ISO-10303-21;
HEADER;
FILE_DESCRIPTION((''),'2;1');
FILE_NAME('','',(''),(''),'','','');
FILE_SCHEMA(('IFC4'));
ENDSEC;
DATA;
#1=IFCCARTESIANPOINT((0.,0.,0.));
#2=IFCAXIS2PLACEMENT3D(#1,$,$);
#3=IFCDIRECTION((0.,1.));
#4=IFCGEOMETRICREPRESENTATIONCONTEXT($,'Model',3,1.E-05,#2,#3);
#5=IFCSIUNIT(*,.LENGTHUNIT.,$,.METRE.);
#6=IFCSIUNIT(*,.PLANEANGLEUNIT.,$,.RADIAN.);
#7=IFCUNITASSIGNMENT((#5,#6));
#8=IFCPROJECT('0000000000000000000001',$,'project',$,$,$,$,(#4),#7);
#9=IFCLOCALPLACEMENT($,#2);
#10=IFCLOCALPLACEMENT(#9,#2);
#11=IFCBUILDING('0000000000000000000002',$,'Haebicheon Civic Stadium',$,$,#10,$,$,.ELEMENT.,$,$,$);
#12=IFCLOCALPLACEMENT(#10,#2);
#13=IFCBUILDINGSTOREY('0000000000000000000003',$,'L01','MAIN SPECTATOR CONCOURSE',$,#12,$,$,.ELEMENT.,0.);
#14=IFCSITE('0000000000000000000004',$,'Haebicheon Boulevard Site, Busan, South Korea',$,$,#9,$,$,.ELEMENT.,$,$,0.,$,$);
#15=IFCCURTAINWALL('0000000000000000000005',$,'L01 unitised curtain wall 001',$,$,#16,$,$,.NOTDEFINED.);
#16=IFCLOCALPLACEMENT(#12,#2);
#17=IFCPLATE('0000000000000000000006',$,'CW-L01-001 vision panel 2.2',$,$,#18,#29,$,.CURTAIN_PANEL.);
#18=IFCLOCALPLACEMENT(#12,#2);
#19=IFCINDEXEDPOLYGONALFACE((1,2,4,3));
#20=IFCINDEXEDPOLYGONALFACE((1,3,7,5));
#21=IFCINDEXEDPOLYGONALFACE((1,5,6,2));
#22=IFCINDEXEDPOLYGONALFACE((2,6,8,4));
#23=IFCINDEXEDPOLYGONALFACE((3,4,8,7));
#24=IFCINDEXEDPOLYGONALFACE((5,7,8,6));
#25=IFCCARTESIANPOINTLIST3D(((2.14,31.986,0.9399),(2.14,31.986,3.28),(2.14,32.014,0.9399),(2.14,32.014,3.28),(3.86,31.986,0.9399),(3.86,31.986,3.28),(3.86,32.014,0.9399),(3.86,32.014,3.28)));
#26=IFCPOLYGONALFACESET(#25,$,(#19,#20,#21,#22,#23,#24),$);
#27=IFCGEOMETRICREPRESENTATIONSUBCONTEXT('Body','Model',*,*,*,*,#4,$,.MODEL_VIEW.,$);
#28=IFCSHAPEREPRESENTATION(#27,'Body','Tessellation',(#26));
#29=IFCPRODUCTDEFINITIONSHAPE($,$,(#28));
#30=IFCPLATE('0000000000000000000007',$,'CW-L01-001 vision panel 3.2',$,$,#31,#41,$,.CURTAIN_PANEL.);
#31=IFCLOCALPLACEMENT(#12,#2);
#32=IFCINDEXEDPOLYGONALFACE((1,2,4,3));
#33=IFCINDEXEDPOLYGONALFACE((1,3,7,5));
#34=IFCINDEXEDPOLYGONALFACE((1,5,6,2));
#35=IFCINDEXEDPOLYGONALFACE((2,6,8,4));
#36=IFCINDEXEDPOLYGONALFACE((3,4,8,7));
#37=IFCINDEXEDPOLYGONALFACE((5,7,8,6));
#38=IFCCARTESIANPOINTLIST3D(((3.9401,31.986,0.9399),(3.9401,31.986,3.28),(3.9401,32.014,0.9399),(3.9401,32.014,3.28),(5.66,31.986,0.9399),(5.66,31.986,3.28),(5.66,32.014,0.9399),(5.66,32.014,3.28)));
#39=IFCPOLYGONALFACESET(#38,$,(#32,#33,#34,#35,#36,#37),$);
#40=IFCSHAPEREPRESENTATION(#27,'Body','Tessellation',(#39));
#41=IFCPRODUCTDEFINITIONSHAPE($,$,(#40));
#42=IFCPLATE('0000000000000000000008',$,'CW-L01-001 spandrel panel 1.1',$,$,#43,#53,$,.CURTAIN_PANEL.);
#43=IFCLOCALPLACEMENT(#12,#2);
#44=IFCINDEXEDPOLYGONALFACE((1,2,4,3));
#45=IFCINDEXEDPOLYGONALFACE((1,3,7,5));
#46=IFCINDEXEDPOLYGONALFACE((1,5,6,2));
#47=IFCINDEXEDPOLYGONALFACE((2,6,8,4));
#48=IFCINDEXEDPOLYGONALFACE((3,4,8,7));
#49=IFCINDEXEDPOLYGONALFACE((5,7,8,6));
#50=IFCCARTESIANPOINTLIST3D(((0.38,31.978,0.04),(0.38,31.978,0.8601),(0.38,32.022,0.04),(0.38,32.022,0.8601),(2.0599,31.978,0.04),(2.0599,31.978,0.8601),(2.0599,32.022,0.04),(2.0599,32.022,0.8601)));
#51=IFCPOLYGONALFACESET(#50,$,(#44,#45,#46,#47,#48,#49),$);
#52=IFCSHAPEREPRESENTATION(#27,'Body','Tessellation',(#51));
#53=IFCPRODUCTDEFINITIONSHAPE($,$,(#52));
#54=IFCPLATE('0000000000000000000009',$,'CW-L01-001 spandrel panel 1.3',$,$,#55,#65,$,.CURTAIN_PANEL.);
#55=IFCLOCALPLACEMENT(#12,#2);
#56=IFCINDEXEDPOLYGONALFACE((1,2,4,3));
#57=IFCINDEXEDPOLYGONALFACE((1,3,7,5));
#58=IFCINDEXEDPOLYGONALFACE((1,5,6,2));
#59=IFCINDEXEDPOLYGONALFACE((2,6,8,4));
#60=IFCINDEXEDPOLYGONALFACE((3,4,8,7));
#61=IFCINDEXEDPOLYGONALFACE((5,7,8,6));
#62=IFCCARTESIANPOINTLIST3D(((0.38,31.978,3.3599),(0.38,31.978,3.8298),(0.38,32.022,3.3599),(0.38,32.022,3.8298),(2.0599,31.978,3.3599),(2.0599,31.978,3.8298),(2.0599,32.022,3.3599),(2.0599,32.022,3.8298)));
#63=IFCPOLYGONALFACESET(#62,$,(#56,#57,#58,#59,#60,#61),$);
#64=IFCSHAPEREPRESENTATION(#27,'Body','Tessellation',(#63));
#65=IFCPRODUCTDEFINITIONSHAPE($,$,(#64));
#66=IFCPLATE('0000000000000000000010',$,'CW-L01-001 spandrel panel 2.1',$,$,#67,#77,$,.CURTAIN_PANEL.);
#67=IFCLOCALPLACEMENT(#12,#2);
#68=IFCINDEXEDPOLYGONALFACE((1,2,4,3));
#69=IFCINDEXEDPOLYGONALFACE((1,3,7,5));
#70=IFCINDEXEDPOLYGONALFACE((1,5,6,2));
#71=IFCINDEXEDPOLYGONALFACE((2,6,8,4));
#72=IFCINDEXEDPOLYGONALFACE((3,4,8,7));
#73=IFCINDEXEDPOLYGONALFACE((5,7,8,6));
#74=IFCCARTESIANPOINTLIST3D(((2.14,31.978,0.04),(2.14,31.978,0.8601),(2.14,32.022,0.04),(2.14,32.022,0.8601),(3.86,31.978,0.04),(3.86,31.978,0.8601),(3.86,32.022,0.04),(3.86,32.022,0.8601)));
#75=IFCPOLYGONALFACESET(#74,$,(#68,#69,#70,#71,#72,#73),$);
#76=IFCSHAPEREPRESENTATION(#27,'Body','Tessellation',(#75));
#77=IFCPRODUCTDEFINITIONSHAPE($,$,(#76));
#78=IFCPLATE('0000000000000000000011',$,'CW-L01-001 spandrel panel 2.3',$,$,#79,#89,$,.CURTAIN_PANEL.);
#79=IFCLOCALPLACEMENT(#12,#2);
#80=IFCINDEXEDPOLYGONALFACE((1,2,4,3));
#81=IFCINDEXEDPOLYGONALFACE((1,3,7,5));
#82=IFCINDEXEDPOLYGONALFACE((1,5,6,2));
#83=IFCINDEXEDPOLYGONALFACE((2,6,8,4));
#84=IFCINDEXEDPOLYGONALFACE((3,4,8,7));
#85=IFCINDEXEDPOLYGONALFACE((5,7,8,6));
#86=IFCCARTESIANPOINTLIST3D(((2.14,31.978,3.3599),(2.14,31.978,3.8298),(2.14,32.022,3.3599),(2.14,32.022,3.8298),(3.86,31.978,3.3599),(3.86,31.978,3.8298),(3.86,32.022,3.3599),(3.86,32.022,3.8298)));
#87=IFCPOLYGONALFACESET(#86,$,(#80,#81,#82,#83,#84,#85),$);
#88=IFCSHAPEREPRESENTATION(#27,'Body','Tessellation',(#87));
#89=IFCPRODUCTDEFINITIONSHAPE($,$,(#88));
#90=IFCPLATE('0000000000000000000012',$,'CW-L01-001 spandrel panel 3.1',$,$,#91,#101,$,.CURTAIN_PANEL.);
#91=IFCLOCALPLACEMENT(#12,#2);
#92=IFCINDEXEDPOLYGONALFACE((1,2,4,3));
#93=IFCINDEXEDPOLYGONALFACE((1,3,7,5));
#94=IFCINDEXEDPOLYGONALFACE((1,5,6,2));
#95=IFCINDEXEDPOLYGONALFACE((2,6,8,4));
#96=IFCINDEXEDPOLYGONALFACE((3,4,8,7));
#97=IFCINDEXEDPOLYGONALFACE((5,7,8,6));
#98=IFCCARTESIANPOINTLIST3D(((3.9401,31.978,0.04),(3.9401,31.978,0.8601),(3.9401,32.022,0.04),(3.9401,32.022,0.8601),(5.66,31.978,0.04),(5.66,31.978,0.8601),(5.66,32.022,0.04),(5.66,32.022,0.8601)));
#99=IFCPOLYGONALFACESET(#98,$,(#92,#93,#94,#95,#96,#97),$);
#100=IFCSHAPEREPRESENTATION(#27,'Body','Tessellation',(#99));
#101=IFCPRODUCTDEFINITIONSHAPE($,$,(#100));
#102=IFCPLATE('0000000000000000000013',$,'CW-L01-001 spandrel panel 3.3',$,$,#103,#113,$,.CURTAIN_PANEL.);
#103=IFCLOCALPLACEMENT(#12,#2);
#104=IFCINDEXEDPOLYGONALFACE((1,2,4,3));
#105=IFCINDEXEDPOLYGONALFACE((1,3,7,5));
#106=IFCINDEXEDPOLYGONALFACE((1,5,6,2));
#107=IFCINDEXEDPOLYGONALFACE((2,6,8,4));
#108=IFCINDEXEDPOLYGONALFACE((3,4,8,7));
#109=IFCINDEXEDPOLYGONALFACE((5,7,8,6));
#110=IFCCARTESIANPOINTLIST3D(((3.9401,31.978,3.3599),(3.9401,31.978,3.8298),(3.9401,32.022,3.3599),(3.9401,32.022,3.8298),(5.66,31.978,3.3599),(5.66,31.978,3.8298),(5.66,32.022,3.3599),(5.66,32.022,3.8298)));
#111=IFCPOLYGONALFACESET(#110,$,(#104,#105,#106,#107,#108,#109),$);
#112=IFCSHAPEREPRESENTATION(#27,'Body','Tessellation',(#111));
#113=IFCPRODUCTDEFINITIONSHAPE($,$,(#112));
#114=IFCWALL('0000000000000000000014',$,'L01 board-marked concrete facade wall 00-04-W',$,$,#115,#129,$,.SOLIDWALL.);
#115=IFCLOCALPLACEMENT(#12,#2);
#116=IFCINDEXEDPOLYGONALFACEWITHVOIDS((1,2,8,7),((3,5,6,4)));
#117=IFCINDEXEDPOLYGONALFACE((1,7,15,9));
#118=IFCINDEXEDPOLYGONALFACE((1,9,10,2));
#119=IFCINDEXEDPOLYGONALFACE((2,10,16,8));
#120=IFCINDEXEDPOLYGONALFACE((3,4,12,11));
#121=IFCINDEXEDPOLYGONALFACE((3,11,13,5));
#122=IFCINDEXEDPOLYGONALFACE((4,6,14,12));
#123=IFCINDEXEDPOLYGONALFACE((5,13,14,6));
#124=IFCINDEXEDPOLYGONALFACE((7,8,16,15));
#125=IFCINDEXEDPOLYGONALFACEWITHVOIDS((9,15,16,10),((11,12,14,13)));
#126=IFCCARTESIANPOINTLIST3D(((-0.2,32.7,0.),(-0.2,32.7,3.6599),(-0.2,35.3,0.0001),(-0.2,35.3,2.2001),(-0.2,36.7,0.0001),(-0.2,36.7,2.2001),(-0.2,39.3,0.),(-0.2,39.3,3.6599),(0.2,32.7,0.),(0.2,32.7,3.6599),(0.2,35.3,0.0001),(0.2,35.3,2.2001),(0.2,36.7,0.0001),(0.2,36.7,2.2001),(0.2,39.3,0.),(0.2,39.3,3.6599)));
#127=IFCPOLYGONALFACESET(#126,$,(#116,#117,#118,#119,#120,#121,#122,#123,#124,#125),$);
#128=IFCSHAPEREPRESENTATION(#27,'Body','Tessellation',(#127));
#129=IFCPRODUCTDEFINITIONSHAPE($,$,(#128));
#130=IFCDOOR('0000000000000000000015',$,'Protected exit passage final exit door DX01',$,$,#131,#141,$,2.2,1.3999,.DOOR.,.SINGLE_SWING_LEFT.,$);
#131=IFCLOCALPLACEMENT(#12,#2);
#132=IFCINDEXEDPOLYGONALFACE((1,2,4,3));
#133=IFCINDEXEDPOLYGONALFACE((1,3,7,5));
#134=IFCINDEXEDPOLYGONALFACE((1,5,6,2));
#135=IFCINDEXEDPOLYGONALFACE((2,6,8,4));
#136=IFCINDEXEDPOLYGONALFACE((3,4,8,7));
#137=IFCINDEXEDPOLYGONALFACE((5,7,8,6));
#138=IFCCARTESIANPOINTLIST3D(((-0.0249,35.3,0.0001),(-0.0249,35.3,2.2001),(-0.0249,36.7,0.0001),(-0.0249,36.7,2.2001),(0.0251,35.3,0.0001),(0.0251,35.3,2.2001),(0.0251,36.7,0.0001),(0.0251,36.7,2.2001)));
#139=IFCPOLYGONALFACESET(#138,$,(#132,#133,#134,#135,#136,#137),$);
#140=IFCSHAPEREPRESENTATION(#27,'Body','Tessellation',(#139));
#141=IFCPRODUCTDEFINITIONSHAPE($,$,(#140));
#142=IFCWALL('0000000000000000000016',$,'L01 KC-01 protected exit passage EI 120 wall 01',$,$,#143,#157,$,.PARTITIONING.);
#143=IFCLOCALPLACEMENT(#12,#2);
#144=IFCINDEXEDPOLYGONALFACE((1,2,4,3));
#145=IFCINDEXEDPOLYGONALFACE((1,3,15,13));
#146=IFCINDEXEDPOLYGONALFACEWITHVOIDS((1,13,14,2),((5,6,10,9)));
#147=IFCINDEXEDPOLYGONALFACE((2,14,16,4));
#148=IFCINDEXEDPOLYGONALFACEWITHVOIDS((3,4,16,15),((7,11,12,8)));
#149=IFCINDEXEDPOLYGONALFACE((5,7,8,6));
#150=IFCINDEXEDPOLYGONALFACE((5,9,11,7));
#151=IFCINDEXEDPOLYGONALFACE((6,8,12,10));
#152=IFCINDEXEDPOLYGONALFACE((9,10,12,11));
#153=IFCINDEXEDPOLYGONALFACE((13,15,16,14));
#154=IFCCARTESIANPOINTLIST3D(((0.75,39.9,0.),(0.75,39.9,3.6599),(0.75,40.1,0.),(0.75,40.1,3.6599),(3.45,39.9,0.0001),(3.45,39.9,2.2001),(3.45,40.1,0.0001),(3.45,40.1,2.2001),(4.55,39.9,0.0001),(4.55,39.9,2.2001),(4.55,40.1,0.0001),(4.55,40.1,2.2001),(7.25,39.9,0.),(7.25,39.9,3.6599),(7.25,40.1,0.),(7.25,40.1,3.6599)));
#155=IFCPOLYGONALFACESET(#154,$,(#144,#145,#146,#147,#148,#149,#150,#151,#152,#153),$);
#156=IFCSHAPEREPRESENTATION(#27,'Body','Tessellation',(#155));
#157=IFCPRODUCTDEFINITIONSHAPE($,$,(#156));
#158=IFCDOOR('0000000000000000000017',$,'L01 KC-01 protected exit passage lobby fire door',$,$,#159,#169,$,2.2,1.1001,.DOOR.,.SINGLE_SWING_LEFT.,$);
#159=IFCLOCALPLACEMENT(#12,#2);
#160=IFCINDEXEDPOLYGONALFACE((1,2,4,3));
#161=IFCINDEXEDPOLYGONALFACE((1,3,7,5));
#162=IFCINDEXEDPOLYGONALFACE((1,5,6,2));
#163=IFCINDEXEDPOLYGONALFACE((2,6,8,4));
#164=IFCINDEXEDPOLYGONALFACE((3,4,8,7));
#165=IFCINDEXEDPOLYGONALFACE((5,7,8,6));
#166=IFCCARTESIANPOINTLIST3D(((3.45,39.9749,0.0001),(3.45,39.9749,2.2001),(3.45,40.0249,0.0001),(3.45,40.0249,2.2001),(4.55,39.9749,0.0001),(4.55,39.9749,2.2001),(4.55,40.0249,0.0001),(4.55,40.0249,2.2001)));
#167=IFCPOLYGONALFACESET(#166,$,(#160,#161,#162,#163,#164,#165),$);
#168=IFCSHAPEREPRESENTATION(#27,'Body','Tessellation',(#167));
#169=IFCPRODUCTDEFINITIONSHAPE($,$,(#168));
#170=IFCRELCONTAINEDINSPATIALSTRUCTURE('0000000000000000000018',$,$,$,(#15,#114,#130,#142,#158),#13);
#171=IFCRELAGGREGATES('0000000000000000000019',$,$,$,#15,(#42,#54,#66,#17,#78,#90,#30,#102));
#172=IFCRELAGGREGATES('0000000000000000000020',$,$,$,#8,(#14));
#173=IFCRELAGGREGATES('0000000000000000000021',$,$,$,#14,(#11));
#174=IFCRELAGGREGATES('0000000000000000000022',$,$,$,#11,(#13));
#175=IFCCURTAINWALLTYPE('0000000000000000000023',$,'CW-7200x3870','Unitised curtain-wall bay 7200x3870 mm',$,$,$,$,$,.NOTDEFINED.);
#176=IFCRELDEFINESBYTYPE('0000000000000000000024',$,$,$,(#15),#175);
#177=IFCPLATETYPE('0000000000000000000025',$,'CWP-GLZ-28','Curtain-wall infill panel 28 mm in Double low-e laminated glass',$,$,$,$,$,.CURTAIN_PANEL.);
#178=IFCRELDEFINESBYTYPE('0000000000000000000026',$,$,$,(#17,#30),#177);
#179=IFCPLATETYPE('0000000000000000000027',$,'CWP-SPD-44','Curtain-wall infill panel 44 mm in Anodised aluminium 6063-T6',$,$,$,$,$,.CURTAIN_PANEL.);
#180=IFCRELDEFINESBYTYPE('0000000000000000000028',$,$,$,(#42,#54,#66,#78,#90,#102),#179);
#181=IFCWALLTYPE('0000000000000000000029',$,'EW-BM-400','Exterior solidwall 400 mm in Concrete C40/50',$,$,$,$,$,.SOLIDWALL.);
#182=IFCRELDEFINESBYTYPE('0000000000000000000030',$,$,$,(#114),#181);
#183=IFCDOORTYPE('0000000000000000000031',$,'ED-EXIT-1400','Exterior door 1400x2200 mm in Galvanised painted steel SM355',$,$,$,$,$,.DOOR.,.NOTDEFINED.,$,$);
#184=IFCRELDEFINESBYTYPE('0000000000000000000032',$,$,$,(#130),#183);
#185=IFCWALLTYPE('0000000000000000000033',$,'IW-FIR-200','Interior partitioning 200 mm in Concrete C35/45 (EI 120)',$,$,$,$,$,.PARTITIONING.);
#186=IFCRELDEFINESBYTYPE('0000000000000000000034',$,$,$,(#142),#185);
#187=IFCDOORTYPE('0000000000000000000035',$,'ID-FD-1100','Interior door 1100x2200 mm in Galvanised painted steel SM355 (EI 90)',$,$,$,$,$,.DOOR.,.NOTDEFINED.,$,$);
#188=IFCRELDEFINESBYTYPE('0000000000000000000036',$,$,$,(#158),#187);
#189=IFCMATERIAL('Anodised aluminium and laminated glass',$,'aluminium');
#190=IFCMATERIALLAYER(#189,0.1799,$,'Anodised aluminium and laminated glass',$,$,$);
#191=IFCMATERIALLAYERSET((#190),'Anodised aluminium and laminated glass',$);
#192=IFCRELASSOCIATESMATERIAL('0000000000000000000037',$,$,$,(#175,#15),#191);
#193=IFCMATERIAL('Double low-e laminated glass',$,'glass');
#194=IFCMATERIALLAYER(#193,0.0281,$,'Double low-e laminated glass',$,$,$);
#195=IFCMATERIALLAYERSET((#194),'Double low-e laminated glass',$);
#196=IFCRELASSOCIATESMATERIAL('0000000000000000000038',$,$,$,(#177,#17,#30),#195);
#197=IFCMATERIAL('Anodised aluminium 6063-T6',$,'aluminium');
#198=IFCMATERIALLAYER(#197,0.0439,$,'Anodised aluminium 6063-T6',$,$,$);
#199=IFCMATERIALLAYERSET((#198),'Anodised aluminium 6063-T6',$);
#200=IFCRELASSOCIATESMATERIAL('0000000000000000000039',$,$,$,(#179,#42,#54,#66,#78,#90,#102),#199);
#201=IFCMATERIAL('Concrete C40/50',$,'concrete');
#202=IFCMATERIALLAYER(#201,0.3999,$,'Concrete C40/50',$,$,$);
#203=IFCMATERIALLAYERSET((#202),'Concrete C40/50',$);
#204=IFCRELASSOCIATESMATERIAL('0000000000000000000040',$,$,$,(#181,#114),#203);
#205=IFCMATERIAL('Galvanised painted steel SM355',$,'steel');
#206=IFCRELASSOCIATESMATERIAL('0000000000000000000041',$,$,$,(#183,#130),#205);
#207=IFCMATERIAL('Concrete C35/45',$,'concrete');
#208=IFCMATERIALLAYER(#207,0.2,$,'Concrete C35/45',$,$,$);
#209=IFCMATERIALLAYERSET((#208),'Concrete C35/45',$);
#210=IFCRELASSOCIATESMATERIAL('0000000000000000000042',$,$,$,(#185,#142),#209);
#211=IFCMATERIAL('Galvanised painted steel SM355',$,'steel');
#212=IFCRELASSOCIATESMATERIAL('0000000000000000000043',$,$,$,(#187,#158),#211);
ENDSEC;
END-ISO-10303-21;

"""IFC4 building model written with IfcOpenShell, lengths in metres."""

from ifc_helpers import new_model, si_unit, direction, frame, frame_2d, origin, origin_2d, place, context, subcontext, project, spatial, rectangle, extrude, material, layer, layer_set, type_object, element, fill, aggregate, save


model = new_model("IFC4")

# Units and contexts
model_context = context("Model", 3, precision=1e-05, world=origin(), true_north=direction((0.0, 1.0)))
body_context = subcontext(model_context, "Body", "Model", "MODEL_VIEW")
ifc_project = project(units=[si_unit("LENGTHUNIT", "METRE"), si_unit("PLANEANGLEUNIT", "RADIAN")], contexts=[model_context])

# Site, building, storey
site_placement = place(None, origin())
site = spatial("IfcSite", under=ifc_project, at=site_placement, Name="Haebicheon Boulevard Site, Busan, South Korea", CompositionType="ELEMENT", RefElevation=0.0)
building_placement = place(site_placement, origin())
building = spatial("IfcBuilding", under=site, at=building_placement, Name="Haebicheon Civic Stadium", CompositionType="ELEMENT")
storey_placement = place(building_placement, origin())
storey = spatial("IfcBuildingStorey", under=building, at=storey_placement, Name="L01", Description="MAIN SPECTATOR CONCOURSE", CompositionType="ELEMENT", Elevation=0.0)

# Curtain wall
ifc_material_1 = material(Name="Anodised aluminium and laminated glass", Category="aluminium")
ifc_layer_1 = layer(ifc_material_1, 0.1799, Name="Anodised aluminium and laminated glass")
ifc_layer_set_1 = layer_set([ifc_layer_1], Name="Anodised aluminium and laminated glass")
curtain_wall_type = type_object("IfcCurtainWallType", Name="CW-7200x3870", Description="Unitised curtain-wall bay 7200x3870 mm", PredefinedType="NOTDEFINED", material=ifc_layer_set_1)
curtain_wall_placement = place(storey_placement, origin())
curtain_wall = element("IfcCurtainWall", 1, at=curtain_wall_placement, inside=storey, type_object=curtain_wall_type, material=ifc_layer_set_1, Name="L01 unitised curtain wall 001", PredefinedType="NOTDEFINED")

# Plates
ifc_material_2 = material(Name="Double low-e laminated glass", Category="glass")
ifc_layer_2 = layer(ifc_material_2, 0.0281, Name="Double low-e laminated glass")
ifc_layer_set_2 = layer_set([ifc_layer_2], Name="Double low-e laminated glass")
plate_type_1 = type_object("IfcPlateType", Name="CWP-GLZ-28", Description="Curtain-wall infill panel 28 mm in Double low-e laminated glass", PredefinedType="CURTAIN_PANEL", material=ifc_layer_set_2)
plate_1_placement = place(storey_placement, frame((3.0, 32.0, 0.9399), z_axis=(0.0, 0.0, 1.0), x_axis=(1.0, 0.0, 0.0)))
plate_1 = element("IfcPlate", 2, at=plate_1_placement, type_object=plate_type_1, material=ifc_layer_set_2, Name="CW-L01-001 vision panel 2.2", PredefinedType="CURTAIN_PANEL", context=body_context, shape_type="SweptSolid", body=[
    extrude(rectangle(XDim=1.72, YDim=0.0281, at=origin_2d()), origin(), (0.0, 0.0, 1.0), 2.3401),
])
plate_2_placement = place(storey_placement, frame((4.8, 32.0, 0.9399), z_axis=(0.0, 0.0, 1.0), x_axis=(1.0, 0.0, 0.0)))
plate_2 = element("IfcPlate", 3, at=plate_2_placement, type_object=plate_type_1, material=ifc_layer_set_2, Name="CW-L01-001 vision panel 3.2", PredefinedType="CURTAIN_PANEL", context=body_context, shape_type="SweptSolid", body=[
    extrude(rectangle(XDim=1.72, YDim=0.0281, at=origin_2d()), origin(), (0.0, 0.0, 1.0), 2.3401),
])
ifc_material_3 = material(Name="Anodised aluminium 6063-T6", Category="aluminium")
ifc_layer_3 = layer(ifc_material_3, 0.0439, Name="Anodised aluminium 6063-T6")
ifc_layer_set_3 = layer_set([ifc_layer_3], Name="Anodised aluminium 6063-T6")
plate_type_2 = type_object("IfcPlateType", Name="CWP-SPD-44", Description="Curtain-wall infill panel 44 mm in Anodised aluminium 6063-T6", PredefinedType="CURTAIN_PANEL", material=ifc_layer_set_3)
plate_3_placement = place(storey_placement, frame((1.22, 32.0, 0.04), z_axis=(0.0, 0.0, 1.0), x_axis=(1.0, 0.0, 0.0)))
plate_3 = element("IfcPlate", 4, at=plate_3_placement, type_object=plate_type_2, material=ifc_layer_set_3, Name="CW-L01-001 spandrel panel 1.1", PredefinedType="CURTAIN_PANEL", context=body_context, shape_type="SweptSolid", body=[
    extrude(rectangle(XDim=1.6799, YDim=0.0439, at=origin_2d()), origin(), (0.0, 0.0, 1.0), 0.8201),
])
plate_4_placement = place(storey_placement, frame((1.22, 32.0, 3.3599), z_axis=(0.0, 0.0, 1.0), x_axis=(1.0, 0.0, 0.0)))
plate_4 = element("IfcPlate", 5, at=plate_4_placement, type_object=plate_type_2, material=ifc_layer_set_3, Name="CW-L01-001 spandrel panel 1.3", PredefinedType="CURTAIN_PANEL", context=body_context, shape_type="SweptSolid", body=[
    extrude(rectangle(XDim=1.6799, YDim=0.0439, at=origin_2d()), origin(), (0.0, 0.0, 1.0), 0.47),
])
plate_5_placement = place(storey_placement, frame((3.0, 32.0, 0.04), z_axis=(0.0, 0.0, 1.0), x_axis=(1.0, 0.0, 0.0)))
plate_5 = element("IfcPlate", 6, at=plate_5_placement, type_object=plate_type_2, material=ifc_layer_set_3, Name="CW-L01-001 spandrel panel 2.1", PredefinedType="CURTAIN_PANEL", context=body_context, shape_type="SweptSolid", body=[
    extrude(rectangle(XDim=1.72, YDim=0.0439, at=origin_2d()), origin(), (0.0, 0.0, 1.0), 0.8201),
])
plate_6_placement = place(storey_placement, frame((3.0, 32.0, 3.3599), z_axis=(0.0, 0.0, 1.0), x_axis=(1.0, 0.0, 0.0)))
plate_6 = element("IfcPlate", 7, at=plate_6_placement, type_object=plate_type_2, material=ifc_layer_set_3, Name="CW-L01-001 spandrel panel 2.3", PredefinedType="CURTAIN_PANEL", context=body_context, shape_type="SweptSolid", body=[
    extrude(rectangle(XDim=1.72, YDim=0.0439, at=origin_2d()), origin(), (0.0, 0.0, 1.0), 0.47),
])
plate_7_placement = place(storey_placement, frame((4.8, 32.0, 0.04), z_axis=(0.0, 0.0, 1.0), x_axis=(1.0, 0.0, 0.0)))
plate_7 = element("IfcPlate", 8, at=plate_7_placement, type_object=plate_type_2, material=ifc_layer_set_3, Name="CW-L01-001 spandrel panel 3.1", PredefinedType="CURTAIN_PANEL", context=body_context, shape_type="SweptSolid", body=[
    extrude(rectangle(XDim=1.72, YDim=0.0439, at=origin_2d()), origin(), (0.0, 0.0, 1.0), 0.8201),
])
plate_8_placement = place(storey_placement, frame((4.8, 32.0, 3.3599), z_axis=(0.0, 0.0, 1.0), x_axis=(1.0, 0.0, 0.0)))
plate_8 = element("IfcPlate", 9, at=plate_8_placement, type_object=plate_type_2, material=ifc_layer_set_3, Name="CW-L01-001 spandrel panel 3.3", PredefinedType="CURTAIN_PANEL", context=body_context, shape_type="SweptSolid", body=[
    extrude(rectangle(XDim=1.72, YDim=0.0439, at=origin_2d()), origin(), (0.0, 0.0, 1.0), 0.47),
])
aggregate(curtain_wall, [plate_3, plate_4, plate_5, plate_1, plate_6, plate_7, plate_2, plate_8])

# Walls, openings, doors
ifc_material_4 = material(Name="Concrete C40/50", Category="concrete")
ifc_layer_4 = layer(ifc_material_4, 0.3999, Name="Concrete C40/50")
ifc_layer_set_4 = layer_set([ifc_layer_4], Name="Concrete C40/50")
wall_type_1 = type_object("IfcWallType", Name="EW-BM-400", Description="Exterior solidwall 400 mm in Concrete C40/50", PredefinedType="SOLIDWALL", material=ifc_layer_set_4)
wall_1_placement = place(storey_placement, frame((0.0, 32.7, 0.0), z_axis=(0.0, 0.0, 1.0), x_axis=(0.0, 1.0, 0.0)))
wall_1 = element("IfcWall", 10, at=wall_1_placement, inside=storey, type_object=wall_type_1, material=ifc_layer_set_4, Name="L01 board-marked concrete facade wall 00-04-W", PredefinedType="SOLIDWALL", context=body_context, shape_type="SweptSolid", body=[
    extrude(rectangle(XDim=6.6001, YDim=0.3999, at=frame_2d((3.3, 0.0))), origin(), (0.0, 0.0, 1.0), 3.6599),
])
opening_1_placement = place(wall_1_placement, frame((2.6001, 0.0, 0.0)))
opening_1 = element("IfcOpeningElement", 11, at=opening_1_placement, cuts=wall_1, PredefinedType="OPENING", context=body_context, shape_type="SweptSolid", body=[
    extrude(rectangle(XDim=1.3999, YDim=2.2, at=frame_2d((0.7, 1.1001))), frame((0.0, 0.21, 0.0), z_axis=(0.0, -1.0, 0.0), x_axis=(1.0, 0.0, 0.0)), (0.0, 0.0, 1.0), 0.4199),
])
ifc_material_5 = material(Name="Galvanised painted steel SM355", Category="steel")
door_type_1 = type_object("IfcDoorType", Name="ED-EXIT-1400", Description="Exterior door 1400x2200 mm in Galvanised painted steel SM355", OperationType="NOTDEFINED", PredefinedType="DOOR", material=ifc_material_5)
door_1_placement = place(opening_1_placement, origin())
door_1 = element("IfcDoor", 12, at=door_1_placement, inside=storey, type_object=door_type_1, material=ifc_material_5, Name="Protected exit passage final exit door DX01", OperationType="SINGLE_SWING_LEFT", OverallHeight=2.2, OverallWidth=1.3999, PredefinedType="DOOR", context=body_context, shape_type="SweptSolid", body=[
    extrude(rectangle(XDim=1.3999, YDim=2.2, at=frame_2d((0.7, 1.1001))), frame((0.0, 0.0249, 0.0), z_axis=(0.0, -1.0, 0.0), x_axis=(1.0, 0.0, 0.0)), (0.0, 0.0, 1.0), 0.05),
])
fill(opening_1, door_1)
ifc_material_6 = material(Name="Concrete C35/45", Category="concrete")
ifc_layer_5 = layer(ifc_material_6, 0.2, Name="Concrete C35/45")
ifc_layer_set_5 = layer_set([ifc_layer_5], Name="Concrete C35/45")
wall_type_2 = type_object("IfcWallType", Name="IW-FIR-200", Description="Interior partitioning 200 mm in Concrete C35/45 (EI 120)", PredefinedType="PARTITIONING", material=ifc_layer_set_5)
wall_2_placement = place(storey_placement, frame((0.75, 40.0, 0.0), z_axis=(0.0, 0.0, 1.0), x_axis=(1.0, 0.0, 0.0)))
wall_2 = element("IfcWall", 13, at=wall_2_placement, inside=storey, type_object=wall_type_2, material=ifc_layer_set_5, Name="L01 KC-01 protected exit passage EI 120 wall 01", PredefinedType="PARTITIONING", context=body_context, shape_type="SweptSolid", body=[
    extrude(rectangle(XDim=6.5, YDim=0.2, at=frame_2d((3.25, 0.0))), origin(), (0.0, 0.0, 1.0), 3.6599),
])
opening_2_placement = place(wall_2_placement, frame((2.7, 0.0, 0.0)))
opening_2 = element("IfcOpeningElement", 14, at=opening_2_placement, cuts=wall_2, PredefinedType="OPENING", context=body_context, shape_type="SweptSolid", body=[
    extrude(rectangle(XDim=1.1001, YDim=2.2, at=frame_2d((0.55, 1.1001))), frame((0.0, 0.1099, 0.0), z_axis=(0.0, -1.0, 0.0), x_axis=(1.0, 0.0, 0.0)), (0.0, 0.0, 1.0), 0.22),
])
ifc_material_7 = material(Name="Galvanised painted steel SM355", Category="steel")
door_type_2 = type_object("IfcDoorType", Name="ID-FD-1100", Description="Interior door 1100x2200 mm in Galvanised painted steel SM355 (EI 90)", OperationType="NOTDEFINED", PredefinedType="DOOR", material=ifc_material_7)
door_2_placement = place(opening_2_placement, origin())
door_2 = element("IfcDoor", 15, at=door_2_placement, inside=storey, type_object=door_type_2, material=ifc_material_7, Name="L01 KC-01 protected exit passage lobby fire door", OperationType="SINGLE_SWING_LEFT", OverallHeight=2.2, OverallWidth=1.1001, PredefinedType="DOOR", context=body_context, shape_type="SweptSolid", body=[
    extrude(rectangle(XDim=1.1001, YDim=2.2, at=frame_2d((0.55, 1.1001))), frame((0.0, 0.0249, 0.0), z_axis=(0.0, -1.0, 0.0), x_axis=(1.0, 0.0, 0.0)), (0.0, 0.0, 1.0), 0.05),
])
fill(opening_2, door_2)

save(model, "model.ifc")
